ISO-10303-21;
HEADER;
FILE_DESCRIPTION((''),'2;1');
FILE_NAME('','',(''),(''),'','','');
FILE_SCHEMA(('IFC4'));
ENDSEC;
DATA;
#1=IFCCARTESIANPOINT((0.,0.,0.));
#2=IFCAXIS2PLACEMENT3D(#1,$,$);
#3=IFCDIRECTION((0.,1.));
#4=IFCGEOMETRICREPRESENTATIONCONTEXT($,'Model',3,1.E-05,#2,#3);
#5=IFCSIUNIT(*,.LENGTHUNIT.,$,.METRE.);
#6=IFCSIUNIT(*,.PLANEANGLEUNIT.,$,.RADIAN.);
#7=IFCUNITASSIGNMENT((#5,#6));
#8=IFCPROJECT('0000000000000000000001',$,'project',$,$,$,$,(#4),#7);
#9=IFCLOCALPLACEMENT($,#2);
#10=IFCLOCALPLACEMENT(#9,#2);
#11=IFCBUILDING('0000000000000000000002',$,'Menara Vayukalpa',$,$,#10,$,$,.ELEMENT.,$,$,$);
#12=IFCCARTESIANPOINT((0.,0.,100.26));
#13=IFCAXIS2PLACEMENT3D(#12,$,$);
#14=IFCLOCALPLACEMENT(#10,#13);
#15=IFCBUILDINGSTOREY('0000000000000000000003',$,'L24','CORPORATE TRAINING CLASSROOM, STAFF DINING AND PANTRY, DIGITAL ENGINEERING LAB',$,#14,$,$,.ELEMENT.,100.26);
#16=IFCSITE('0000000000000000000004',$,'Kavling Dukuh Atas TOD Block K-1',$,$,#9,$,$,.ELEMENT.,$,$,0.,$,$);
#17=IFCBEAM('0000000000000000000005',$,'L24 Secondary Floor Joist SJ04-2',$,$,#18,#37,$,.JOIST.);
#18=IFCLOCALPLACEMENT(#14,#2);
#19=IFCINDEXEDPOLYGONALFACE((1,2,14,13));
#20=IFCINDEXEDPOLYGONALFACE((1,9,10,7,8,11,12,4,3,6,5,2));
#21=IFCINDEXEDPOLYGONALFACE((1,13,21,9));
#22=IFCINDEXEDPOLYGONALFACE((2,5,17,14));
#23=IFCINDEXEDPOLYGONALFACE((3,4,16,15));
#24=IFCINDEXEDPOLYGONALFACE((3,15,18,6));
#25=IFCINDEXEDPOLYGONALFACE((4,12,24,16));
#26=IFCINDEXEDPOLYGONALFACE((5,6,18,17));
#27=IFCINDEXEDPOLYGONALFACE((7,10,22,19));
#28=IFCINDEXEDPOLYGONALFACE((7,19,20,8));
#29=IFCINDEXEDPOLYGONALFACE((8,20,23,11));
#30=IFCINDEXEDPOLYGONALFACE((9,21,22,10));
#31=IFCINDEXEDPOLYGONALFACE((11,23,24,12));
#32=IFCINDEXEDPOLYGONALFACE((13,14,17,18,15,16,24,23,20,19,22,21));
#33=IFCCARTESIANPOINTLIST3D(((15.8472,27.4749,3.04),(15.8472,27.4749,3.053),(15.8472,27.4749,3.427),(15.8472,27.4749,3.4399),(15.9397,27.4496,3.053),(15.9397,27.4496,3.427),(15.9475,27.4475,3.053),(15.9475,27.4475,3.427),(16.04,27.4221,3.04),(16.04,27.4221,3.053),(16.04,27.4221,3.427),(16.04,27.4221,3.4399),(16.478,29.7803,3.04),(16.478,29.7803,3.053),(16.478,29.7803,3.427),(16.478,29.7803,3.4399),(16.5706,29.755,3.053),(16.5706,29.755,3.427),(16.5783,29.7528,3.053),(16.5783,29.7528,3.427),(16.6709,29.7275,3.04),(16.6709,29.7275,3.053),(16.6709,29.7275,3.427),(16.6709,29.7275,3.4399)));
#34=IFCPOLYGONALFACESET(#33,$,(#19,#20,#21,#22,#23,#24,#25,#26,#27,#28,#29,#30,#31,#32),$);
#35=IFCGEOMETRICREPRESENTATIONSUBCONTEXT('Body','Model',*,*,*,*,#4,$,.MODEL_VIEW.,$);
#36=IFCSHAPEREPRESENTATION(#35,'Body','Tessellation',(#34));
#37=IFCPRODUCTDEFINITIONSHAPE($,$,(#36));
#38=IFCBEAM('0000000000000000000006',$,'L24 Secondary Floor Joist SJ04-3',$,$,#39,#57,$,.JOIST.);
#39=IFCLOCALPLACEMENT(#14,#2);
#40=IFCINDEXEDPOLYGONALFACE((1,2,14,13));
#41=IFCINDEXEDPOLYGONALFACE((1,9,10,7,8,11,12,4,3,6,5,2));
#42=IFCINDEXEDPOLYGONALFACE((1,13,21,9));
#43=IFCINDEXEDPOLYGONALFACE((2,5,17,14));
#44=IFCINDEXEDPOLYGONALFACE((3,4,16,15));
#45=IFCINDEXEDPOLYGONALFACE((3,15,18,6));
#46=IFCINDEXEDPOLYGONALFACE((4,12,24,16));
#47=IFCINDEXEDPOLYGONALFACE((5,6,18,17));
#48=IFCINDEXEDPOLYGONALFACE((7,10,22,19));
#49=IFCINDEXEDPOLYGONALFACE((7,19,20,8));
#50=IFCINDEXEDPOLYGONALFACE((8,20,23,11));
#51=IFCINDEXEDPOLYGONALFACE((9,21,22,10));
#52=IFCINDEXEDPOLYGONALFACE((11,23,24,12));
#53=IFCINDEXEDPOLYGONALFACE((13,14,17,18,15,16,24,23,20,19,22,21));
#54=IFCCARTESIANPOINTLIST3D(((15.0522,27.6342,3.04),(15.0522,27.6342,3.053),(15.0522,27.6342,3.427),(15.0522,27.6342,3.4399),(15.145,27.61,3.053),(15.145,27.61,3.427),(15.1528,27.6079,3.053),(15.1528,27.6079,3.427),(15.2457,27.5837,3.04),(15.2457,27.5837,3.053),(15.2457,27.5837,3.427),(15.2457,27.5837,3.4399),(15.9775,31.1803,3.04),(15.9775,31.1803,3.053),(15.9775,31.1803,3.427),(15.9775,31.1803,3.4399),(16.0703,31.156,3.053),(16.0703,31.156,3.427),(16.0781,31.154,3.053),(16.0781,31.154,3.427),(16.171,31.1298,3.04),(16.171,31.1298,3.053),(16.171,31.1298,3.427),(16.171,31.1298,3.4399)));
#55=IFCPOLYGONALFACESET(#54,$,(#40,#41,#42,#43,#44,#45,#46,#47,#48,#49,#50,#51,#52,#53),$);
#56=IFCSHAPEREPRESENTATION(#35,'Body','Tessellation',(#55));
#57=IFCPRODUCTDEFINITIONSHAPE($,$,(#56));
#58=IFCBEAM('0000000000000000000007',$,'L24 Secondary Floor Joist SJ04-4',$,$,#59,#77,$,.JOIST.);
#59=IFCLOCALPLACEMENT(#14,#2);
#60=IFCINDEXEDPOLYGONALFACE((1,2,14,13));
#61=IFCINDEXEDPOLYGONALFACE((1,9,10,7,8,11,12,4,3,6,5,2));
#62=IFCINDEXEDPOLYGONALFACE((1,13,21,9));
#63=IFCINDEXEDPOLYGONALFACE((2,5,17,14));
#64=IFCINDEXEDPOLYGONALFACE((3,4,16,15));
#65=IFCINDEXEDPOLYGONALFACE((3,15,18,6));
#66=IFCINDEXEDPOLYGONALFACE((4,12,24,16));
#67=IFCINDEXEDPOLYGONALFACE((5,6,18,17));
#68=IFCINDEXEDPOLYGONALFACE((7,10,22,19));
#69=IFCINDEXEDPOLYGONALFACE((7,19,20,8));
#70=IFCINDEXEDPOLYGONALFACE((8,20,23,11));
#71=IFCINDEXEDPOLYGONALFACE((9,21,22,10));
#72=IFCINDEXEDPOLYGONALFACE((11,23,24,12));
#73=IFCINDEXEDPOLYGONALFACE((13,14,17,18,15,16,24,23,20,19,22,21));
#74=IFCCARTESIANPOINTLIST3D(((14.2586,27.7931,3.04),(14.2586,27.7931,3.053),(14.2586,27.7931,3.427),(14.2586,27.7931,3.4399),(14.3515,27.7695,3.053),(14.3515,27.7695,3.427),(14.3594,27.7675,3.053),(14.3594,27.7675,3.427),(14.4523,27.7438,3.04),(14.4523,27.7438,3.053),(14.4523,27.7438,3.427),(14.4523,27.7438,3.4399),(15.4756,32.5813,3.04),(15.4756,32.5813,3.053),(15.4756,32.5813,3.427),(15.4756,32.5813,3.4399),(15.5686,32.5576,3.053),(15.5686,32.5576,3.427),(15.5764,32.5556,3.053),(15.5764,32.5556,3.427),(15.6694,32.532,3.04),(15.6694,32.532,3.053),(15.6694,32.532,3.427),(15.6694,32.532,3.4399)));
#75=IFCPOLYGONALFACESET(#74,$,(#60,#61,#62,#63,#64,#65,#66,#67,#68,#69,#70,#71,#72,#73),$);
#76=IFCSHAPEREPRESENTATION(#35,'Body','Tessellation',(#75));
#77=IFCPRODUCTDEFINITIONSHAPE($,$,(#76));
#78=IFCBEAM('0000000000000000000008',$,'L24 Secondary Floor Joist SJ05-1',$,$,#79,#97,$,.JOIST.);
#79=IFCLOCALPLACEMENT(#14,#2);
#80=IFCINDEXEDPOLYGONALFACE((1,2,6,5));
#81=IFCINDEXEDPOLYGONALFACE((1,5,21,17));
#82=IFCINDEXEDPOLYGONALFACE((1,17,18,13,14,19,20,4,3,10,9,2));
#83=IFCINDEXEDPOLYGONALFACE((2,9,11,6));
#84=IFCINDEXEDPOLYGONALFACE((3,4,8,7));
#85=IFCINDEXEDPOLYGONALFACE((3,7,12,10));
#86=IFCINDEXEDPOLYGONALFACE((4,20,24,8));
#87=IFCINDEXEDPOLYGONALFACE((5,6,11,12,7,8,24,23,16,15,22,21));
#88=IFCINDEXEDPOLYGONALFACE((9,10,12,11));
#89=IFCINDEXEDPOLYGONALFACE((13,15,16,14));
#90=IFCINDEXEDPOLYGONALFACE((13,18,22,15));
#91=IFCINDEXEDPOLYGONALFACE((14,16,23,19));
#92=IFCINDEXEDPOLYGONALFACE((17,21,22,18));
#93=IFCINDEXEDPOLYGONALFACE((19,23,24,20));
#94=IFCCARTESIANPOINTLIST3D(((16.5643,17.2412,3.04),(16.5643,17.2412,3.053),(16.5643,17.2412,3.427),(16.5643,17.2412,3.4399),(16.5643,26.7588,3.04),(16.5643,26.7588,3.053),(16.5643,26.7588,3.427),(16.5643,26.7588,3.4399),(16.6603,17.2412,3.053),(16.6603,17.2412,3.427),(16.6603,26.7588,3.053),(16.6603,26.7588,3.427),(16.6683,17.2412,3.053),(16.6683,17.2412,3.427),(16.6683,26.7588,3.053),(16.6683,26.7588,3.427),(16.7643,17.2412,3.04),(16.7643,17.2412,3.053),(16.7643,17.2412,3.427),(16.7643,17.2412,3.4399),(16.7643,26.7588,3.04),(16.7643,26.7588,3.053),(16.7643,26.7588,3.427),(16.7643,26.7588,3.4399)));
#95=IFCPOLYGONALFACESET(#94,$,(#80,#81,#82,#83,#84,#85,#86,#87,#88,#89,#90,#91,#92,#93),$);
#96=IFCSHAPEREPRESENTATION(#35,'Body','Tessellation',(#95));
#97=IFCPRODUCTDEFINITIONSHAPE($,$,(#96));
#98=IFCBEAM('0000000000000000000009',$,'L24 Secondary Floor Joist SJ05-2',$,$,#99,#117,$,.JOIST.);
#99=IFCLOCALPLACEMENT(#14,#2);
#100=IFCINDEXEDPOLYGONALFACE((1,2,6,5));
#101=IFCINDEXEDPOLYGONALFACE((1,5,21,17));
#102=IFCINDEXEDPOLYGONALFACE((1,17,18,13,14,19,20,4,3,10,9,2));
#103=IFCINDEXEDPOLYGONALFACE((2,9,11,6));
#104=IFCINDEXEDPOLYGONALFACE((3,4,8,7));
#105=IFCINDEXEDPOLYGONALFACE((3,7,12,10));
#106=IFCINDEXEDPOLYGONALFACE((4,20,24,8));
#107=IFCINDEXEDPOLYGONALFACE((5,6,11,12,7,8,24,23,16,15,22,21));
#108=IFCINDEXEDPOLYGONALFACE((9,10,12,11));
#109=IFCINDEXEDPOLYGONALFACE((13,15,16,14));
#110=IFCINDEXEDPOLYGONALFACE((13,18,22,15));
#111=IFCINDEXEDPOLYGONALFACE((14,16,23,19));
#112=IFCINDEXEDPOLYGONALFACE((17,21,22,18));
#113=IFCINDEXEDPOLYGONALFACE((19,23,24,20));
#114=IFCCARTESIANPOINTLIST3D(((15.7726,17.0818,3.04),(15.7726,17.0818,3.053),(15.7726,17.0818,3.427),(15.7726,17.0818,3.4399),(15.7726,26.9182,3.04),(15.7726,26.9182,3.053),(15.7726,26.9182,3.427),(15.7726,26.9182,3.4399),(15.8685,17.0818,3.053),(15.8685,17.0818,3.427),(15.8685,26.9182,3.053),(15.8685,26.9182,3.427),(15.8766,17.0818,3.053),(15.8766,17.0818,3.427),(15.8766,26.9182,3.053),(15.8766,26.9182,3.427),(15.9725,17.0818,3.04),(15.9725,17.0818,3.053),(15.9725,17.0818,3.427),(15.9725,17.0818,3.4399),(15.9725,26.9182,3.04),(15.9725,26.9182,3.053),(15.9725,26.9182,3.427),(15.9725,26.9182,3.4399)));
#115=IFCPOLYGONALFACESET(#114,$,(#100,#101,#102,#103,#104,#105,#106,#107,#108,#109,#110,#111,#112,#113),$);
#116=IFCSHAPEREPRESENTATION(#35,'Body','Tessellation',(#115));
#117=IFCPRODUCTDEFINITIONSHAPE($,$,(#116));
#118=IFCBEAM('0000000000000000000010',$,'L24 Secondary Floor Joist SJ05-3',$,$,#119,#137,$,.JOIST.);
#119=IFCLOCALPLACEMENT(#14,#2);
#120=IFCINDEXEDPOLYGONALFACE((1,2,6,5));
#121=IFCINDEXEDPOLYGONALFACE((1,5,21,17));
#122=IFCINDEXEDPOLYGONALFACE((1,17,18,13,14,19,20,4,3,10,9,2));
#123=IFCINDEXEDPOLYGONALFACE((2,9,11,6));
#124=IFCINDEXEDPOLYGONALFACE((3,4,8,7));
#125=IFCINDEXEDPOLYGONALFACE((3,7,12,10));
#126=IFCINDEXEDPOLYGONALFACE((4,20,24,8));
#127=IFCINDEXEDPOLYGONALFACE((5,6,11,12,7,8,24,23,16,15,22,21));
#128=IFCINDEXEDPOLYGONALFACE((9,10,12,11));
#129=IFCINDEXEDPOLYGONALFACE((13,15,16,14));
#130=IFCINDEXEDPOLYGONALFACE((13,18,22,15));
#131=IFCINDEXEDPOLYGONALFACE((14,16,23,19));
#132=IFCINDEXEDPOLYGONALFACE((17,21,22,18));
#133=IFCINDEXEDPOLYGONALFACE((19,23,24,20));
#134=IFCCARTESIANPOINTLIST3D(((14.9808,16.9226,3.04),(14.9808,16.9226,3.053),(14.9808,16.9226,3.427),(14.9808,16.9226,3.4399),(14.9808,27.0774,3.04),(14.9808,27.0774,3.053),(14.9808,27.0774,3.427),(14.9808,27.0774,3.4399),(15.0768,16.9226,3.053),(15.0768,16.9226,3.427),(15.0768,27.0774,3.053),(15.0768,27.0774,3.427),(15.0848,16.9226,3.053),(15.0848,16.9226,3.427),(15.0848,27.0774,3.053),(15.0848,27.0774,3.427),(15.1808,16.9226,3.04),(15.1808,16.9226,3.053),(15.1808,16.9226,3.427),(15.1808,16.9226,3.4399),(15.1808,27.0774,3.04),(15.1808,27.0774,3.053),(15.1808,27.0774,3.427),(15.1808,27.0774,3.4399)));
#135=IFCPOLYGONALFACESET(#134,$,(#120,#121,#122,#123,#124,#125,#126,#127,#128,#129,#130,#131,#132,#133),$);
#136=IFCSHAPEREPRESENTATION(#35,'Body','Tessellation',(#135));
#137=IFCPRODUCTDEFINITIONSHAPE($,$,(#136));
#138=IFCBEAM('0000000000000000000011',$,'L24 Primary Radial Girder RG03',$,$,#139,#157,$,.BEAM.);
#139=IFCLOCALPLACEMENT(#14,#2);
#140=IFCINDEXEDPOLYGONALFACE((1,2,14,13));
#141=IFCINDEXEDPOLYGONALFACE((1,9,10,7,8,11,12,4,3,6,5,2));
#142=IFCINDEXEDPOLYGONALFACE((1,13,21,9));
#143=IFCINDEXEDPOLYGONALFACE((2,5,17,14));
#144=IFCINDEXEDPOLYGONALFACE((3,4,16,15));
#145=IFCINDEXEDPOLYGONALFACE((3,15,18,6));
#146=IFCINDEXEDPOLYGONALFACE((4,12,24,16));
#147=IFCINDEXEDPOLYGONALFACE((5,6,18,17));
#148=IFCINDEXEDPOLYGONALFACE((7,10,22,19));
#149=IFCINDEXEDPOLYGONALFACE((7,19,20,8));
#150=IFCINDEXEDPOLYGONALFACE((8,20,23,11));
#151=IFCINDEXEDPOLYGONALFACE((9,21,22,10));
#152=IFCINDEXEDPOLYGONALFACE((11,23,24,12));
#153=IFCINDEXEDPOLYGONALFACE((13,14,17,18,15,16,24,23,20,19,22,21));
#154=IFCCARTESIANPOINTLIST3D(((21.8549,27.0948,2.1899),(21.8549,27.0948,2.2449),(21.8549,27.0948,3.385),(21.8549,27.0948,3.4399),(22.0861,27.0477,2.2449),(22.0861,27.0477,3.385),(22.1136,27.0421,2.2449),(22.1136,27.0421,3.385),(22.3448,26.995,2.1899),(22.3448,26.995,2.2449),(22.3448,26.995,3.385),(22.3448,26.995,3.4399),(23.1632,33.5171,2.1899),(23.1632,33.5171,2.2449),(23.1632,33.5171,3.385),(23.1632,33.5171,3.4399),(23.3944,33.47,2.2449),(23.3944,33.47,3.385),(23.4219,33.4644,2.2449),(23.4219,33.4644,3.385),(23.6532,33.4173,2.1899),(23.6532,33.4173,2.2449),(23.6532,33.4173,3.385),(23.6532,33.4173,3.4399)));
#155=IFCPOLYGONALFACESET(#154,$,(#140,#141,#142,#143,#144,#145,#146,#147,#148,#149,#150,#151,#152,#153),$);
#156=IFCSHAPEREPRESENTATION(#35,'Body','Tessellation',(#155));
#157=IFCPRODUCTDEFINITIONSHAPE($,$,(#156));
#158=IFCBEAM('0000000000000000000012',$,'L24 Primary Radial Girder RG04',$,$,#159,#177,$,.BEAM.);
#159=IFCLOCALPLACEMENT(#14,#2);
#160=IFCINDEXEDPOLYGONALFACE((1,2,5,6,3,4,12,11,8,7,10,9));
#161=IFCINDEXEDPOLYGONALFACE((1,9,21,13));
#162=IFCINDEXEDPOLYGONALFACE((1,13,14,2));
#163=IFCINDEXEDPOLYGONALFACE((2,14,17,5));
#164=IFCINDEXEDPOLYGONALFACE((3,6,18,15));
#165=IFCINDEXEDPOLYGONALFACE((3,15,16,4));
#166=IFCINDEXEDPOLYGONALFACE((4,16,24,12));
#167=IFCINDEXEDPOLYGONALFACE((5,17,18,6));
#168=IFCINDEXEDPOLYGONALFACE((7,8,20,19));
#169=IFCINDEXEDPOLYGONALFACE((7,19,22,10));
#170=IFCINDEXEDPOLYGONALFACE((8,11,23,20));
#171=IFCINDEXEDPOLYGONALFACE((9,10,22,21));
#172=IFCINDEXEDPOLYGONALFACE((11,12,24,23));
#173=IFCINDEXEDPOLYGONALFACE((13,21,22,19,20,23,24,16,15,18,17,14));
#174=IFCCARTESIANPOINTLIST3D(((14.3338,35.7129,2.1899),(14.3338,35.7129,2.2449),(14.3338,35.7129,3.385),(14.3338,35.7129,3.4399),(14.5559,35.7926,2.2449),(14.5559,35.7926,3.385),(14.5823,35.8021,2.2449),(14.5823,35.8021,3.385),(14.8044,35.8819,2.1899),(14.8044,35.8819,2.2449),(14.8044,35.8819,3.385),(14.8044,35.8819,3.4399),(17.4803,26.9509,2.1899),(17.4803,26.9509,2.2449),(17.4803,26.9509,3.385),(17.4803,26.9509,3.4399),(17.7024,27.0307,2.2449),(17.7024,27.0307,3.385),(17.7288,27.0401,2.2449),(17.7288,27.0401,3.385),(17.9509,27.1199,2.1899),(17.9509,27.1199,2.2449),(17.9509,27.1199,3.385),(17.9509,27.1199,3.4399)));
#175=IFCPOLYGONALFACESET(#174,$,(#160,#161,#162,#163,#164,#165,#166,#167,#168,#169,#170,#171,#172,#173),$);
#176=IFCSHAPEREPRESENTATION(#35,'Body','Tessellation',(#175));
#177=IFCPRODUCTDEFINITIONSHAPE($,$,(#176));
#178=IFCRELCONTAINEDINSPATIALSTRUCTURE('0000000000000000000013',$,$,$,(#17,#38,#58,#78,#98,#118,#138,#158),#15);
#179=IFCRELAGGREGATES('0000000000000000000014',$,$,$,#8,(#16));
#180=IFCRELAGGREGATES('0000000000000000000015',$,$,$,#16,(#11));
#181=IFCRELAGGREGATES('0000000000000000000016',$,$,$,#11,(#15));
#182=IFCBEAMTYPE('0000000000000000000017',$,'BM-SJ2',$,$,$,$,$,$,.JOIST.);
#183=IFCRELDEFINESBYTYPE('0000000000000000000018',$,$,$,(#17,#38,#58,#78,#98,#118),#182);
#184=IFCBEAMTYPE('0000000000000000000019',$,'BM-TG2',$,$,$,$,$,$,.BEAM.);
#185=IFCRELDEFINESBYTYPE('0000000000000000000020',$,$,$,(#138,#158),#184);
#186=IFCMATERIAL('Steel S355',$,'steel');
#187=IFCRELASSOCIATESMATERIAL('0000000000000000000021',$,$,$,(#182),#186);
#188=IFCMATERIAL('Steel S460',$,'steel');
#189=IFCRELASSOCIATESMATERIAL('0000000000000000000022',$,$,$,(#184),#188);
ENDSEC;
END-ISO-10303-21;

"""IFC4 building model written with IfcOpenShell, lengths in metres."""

from ifc_helpers import new_model, si_unit, direction, frame, origin, origin_2d, place, context, subcontext, project, spatial, i_section, extrude, material, material_profile, profile_set, type_object, element, save


model = new_model("IFC4")

# Units and contexts
model_context = context("Model", 3, precision=1e-05, world=origin(), true_north=direction((0.0, 1.0)))
body_context = subcontext(model_context, "Body", "Model", "MODEL_VIEW")
ifc_project = project(units=[si_unit("LENGTHUNIT", "METRE"), si_unit("PLANEANGLEUNIT", "RADIAN")], contexts=[model_context])

# Site, building, storey
site_placement = place(None, origin())
site = spatial("IfcSite", under=ifc_project, at=site_placement, Name="Kavling Dukuh Atas TOD Block K-1", CompositionType="ELEMENT", RefElevation=0.0)
building_placement = place(site_placement, origin())
building = spatial("IfcBuilding", under=site, at=building_placement, Name="Menara Vayukalpa", CompositionType="ELEMENT")
storey_placement = place(building_placement, frame((0.0, 0.0, 100.26)))
storey = spatial("IfcBuildingStorey", under=building, at=storey_placement, Name="L24", Description="CORPORATE TRAINING CLASSROOM, STAFF DINING AND PANTRY, DIGITAL ENGINEERING LAB", CompositionType="ELEMENT", Elevation=100.26)

# Beams
ifc_material_1 = material(Name="Steel S355", Category="steel")
ifc_material_profile_1 = material_profile(ifc_material_1, i_section(OverallWidth=0.2, OverallDepth=0.3999, WebThickness=0.0081, FlangeThickness=0.0129, at=origin_2d()), Name="WF 400x200x8x13")
ifc_profile_set_1 = profile_set([ifc_material_profile_1], Name="Steel S355")
beam_type_1 = type_object("IfcBeamType", Name="BM-SJ2", PredefinedType="JOIST", material=ifc_profile_set_1)
beam_1_placement = place(storey_placement, frame((16.5745, 29.7539, 3.24), z_axis=(-0.263938, -0.96454, 0.0), x_axis=(0.96454, -0.263938, 0.0)))
element("IfcBeam", 1, at=beam_1_placement, inside=storey, type_object=beam_type_1, Name="L24 Secondary Floor Joist SJ04-2", PredefinedType="JOIST", context=body_context, shape_type="SweptSolid", body=[
    extrude(i_section(OverallWidth=0.2, OverallDepth=0.3999, WebThickness=0.0081, FlangeThickness=0.0129, at=origin_2d()), origin(), (0.0, 0.0, 1.0), 2.3901),
])
beam_2_placement = place(storey_placement, frame((16.0742, 31.155, 3.24), z_axis=(-0.252476, -0.967603, 0.0), x_axis=(0.967603, -0.252476, 0.0)))
element("IfcBeam", 2, at=beam_2_placement, inside=storey, type_object=beam_type_1, Name="L24 Secondary Floor Joist SJ04-3", PredefinedType="JOIST", context=body_context, shape_type="SweptSolid", body=[
    extrude(i_section(OverallWidth=0.2, OverallDepth=0.3999, WebThickness=0.0081, FlangeThickness=0.0129, at=origin_2d()), origin(), (0.0, 0.0, 1.0), 3.6648),
])
beam_3_placement = place(storey_placement, frame((15.5725, 32.5566, 3.24), z_axis=(-0.246348, -0.969182, 0.0), x_axis=(0.969182, -0.246348, 0.0)))
element("IfcBeam", 3, at=beam_3_placement, inside=storey, type_object=beam_type_1, Name="L24 Secondary Floor Joist SJ04-4", PredefinedType="JOIST", context=body_context, shape_type="SweptSolid", body=[
    extrude(i_section(OverallWidth=0.2, OverallDepth=0.3999, WebThickness=0.0081, FlangeThickness=0.0129, at=origin_2d()), origin(), (0.0, 0.0, 1.0), 4.9404),
])
beam_4_placement = place(storey_placement, frame((16.6643, 26.7588, 3.24), z_axis=(0.0, -1.0, 0.0), x_axis=(1.0, 0.0, 0.0)))
element("IfcBeam", 4, at=beam_4_placement, inside=storey, type_object=beam_type_1, Name="L24 Secondary Floor Joist SJ05-1", PredefinedType="JOIST", context=body_context, shape_type="SweptSolid", body=[
    extrude(i_section(OverallWidth=0.2, OverallDepth=0.3999, WebThickness=0.0081, FlangeThickness=0.0129, at=origin_2d()), origin(), (0.0, 0.0, 1.0), 9.5176),
])
beam_5_placement = place(storey_placement, frame((15.8726, 26.9182, 3.24), z_axis=(0.0, -1.0, 0.0), x_axis=(1.0, 0.0, 0.0)))
element("IfcBeam", 5, at=beam_5_placement, inside=storey, type_object=beam_type_1, Name="L24 Secondary Floor Joist SJ05-2", PredefinedType="JOIST", context=body_context, shape_type="SweptSolid", body=[
    extrude(i_section(OverallWidth=0.2, OverallDepth=0.3999, WebThickness=0.0081, FlangeThickness=0.0129, at=origin_2d()), origin(), (0.0, 0.0, 1.0), 9.8364),
])
beam_6_placement = place(storey_placement, frame((15.0808, 27.0774, 3.24), z_axis=(0.0, -1.0, 0.0), x_axis=(1.0, 0.0, 0.0)))
element("IfcBeam", 6, at=beam_6_placement, inside=storey, type_object=beam_type_1, Name="L24 Secondary Floor Joist SJ05-3", PredefinedType="JOIST", context=body_context, shape_type="SweptSolid", body=[
    extrude(i_section(OverallWidth=0.2, OverallDepth=0.3999, WebThickness=0.0081, FlangeThickness=0.0129, at=origin_2d()), origin(), (0.0, 0.0, 1.0), 10.1548),
])
ifc_material_2 = material(Name="Steel S460", Category="steel")
ifc_material_profile_2 = material_profile(ifc_material_2, i_section(OverallWidth=0.5, OverallDepth=1.25, WebThickness=0.0281, FlangeThickness=0.0549, at=origin_2d()), Name="WG 1250x500x28x55")
ifc_profile_set_2 = profile_set([ifc_material_profile_2], Name="Steel S460")
beam_type_2 = type_object("IfcBeamType", Name="BM-TG2", PredefinedType="BEAM", material=ifc_profile_set_2)
beam_7_placement = place(storey_placement, frame((22.0999, 27.0449, 2.8149), z_axis=(0.199618, 0.979874, 0.0), x_axis=(-0.979874, 0.199618, 0.0)))
element("IfcBeam", 7, at=beam_7_placement, inside=storey, type_object=beam_type_2, Name="L24 Primary Radial Girder RG03", PredefinedType="BEAM", context=body_context, shape_type="SweptSolid", body=[
    extrude(i_section(OverallWidth=0.5, OverallDepth=1.25, WebThickness=0.0281, FlangeThickness=0.0549, at=origin_2d()), origin(), (0.0, 0.0, 1.0), 6.5542),
])
beam_8_placement = place(storey_placement, frame((17.7156, 27.0354, 2.8149), z_axis=(-0.337976, 0.941155, 0.0), x_axis=(-0.941155, -0.337976, 0.0)))
element("IfcBeam", 8, at=beam_8_placement, inside=storey, type_object=beam_type_2, Name="L24 Primary Radial Girder RG04", PredefinedType="BEAM", context=body_context, shape_type="SweptSolid", body=[
    extrude(i_section(OverallWidth=0.5, OverallDepth=1.25, WebThickness=0.0281, FlangeThickness=0.0549, at=origin_2d()), origin(), (0.0, 0.0, 1.0), 9.3098),
])

save(model, "model.ifc")
